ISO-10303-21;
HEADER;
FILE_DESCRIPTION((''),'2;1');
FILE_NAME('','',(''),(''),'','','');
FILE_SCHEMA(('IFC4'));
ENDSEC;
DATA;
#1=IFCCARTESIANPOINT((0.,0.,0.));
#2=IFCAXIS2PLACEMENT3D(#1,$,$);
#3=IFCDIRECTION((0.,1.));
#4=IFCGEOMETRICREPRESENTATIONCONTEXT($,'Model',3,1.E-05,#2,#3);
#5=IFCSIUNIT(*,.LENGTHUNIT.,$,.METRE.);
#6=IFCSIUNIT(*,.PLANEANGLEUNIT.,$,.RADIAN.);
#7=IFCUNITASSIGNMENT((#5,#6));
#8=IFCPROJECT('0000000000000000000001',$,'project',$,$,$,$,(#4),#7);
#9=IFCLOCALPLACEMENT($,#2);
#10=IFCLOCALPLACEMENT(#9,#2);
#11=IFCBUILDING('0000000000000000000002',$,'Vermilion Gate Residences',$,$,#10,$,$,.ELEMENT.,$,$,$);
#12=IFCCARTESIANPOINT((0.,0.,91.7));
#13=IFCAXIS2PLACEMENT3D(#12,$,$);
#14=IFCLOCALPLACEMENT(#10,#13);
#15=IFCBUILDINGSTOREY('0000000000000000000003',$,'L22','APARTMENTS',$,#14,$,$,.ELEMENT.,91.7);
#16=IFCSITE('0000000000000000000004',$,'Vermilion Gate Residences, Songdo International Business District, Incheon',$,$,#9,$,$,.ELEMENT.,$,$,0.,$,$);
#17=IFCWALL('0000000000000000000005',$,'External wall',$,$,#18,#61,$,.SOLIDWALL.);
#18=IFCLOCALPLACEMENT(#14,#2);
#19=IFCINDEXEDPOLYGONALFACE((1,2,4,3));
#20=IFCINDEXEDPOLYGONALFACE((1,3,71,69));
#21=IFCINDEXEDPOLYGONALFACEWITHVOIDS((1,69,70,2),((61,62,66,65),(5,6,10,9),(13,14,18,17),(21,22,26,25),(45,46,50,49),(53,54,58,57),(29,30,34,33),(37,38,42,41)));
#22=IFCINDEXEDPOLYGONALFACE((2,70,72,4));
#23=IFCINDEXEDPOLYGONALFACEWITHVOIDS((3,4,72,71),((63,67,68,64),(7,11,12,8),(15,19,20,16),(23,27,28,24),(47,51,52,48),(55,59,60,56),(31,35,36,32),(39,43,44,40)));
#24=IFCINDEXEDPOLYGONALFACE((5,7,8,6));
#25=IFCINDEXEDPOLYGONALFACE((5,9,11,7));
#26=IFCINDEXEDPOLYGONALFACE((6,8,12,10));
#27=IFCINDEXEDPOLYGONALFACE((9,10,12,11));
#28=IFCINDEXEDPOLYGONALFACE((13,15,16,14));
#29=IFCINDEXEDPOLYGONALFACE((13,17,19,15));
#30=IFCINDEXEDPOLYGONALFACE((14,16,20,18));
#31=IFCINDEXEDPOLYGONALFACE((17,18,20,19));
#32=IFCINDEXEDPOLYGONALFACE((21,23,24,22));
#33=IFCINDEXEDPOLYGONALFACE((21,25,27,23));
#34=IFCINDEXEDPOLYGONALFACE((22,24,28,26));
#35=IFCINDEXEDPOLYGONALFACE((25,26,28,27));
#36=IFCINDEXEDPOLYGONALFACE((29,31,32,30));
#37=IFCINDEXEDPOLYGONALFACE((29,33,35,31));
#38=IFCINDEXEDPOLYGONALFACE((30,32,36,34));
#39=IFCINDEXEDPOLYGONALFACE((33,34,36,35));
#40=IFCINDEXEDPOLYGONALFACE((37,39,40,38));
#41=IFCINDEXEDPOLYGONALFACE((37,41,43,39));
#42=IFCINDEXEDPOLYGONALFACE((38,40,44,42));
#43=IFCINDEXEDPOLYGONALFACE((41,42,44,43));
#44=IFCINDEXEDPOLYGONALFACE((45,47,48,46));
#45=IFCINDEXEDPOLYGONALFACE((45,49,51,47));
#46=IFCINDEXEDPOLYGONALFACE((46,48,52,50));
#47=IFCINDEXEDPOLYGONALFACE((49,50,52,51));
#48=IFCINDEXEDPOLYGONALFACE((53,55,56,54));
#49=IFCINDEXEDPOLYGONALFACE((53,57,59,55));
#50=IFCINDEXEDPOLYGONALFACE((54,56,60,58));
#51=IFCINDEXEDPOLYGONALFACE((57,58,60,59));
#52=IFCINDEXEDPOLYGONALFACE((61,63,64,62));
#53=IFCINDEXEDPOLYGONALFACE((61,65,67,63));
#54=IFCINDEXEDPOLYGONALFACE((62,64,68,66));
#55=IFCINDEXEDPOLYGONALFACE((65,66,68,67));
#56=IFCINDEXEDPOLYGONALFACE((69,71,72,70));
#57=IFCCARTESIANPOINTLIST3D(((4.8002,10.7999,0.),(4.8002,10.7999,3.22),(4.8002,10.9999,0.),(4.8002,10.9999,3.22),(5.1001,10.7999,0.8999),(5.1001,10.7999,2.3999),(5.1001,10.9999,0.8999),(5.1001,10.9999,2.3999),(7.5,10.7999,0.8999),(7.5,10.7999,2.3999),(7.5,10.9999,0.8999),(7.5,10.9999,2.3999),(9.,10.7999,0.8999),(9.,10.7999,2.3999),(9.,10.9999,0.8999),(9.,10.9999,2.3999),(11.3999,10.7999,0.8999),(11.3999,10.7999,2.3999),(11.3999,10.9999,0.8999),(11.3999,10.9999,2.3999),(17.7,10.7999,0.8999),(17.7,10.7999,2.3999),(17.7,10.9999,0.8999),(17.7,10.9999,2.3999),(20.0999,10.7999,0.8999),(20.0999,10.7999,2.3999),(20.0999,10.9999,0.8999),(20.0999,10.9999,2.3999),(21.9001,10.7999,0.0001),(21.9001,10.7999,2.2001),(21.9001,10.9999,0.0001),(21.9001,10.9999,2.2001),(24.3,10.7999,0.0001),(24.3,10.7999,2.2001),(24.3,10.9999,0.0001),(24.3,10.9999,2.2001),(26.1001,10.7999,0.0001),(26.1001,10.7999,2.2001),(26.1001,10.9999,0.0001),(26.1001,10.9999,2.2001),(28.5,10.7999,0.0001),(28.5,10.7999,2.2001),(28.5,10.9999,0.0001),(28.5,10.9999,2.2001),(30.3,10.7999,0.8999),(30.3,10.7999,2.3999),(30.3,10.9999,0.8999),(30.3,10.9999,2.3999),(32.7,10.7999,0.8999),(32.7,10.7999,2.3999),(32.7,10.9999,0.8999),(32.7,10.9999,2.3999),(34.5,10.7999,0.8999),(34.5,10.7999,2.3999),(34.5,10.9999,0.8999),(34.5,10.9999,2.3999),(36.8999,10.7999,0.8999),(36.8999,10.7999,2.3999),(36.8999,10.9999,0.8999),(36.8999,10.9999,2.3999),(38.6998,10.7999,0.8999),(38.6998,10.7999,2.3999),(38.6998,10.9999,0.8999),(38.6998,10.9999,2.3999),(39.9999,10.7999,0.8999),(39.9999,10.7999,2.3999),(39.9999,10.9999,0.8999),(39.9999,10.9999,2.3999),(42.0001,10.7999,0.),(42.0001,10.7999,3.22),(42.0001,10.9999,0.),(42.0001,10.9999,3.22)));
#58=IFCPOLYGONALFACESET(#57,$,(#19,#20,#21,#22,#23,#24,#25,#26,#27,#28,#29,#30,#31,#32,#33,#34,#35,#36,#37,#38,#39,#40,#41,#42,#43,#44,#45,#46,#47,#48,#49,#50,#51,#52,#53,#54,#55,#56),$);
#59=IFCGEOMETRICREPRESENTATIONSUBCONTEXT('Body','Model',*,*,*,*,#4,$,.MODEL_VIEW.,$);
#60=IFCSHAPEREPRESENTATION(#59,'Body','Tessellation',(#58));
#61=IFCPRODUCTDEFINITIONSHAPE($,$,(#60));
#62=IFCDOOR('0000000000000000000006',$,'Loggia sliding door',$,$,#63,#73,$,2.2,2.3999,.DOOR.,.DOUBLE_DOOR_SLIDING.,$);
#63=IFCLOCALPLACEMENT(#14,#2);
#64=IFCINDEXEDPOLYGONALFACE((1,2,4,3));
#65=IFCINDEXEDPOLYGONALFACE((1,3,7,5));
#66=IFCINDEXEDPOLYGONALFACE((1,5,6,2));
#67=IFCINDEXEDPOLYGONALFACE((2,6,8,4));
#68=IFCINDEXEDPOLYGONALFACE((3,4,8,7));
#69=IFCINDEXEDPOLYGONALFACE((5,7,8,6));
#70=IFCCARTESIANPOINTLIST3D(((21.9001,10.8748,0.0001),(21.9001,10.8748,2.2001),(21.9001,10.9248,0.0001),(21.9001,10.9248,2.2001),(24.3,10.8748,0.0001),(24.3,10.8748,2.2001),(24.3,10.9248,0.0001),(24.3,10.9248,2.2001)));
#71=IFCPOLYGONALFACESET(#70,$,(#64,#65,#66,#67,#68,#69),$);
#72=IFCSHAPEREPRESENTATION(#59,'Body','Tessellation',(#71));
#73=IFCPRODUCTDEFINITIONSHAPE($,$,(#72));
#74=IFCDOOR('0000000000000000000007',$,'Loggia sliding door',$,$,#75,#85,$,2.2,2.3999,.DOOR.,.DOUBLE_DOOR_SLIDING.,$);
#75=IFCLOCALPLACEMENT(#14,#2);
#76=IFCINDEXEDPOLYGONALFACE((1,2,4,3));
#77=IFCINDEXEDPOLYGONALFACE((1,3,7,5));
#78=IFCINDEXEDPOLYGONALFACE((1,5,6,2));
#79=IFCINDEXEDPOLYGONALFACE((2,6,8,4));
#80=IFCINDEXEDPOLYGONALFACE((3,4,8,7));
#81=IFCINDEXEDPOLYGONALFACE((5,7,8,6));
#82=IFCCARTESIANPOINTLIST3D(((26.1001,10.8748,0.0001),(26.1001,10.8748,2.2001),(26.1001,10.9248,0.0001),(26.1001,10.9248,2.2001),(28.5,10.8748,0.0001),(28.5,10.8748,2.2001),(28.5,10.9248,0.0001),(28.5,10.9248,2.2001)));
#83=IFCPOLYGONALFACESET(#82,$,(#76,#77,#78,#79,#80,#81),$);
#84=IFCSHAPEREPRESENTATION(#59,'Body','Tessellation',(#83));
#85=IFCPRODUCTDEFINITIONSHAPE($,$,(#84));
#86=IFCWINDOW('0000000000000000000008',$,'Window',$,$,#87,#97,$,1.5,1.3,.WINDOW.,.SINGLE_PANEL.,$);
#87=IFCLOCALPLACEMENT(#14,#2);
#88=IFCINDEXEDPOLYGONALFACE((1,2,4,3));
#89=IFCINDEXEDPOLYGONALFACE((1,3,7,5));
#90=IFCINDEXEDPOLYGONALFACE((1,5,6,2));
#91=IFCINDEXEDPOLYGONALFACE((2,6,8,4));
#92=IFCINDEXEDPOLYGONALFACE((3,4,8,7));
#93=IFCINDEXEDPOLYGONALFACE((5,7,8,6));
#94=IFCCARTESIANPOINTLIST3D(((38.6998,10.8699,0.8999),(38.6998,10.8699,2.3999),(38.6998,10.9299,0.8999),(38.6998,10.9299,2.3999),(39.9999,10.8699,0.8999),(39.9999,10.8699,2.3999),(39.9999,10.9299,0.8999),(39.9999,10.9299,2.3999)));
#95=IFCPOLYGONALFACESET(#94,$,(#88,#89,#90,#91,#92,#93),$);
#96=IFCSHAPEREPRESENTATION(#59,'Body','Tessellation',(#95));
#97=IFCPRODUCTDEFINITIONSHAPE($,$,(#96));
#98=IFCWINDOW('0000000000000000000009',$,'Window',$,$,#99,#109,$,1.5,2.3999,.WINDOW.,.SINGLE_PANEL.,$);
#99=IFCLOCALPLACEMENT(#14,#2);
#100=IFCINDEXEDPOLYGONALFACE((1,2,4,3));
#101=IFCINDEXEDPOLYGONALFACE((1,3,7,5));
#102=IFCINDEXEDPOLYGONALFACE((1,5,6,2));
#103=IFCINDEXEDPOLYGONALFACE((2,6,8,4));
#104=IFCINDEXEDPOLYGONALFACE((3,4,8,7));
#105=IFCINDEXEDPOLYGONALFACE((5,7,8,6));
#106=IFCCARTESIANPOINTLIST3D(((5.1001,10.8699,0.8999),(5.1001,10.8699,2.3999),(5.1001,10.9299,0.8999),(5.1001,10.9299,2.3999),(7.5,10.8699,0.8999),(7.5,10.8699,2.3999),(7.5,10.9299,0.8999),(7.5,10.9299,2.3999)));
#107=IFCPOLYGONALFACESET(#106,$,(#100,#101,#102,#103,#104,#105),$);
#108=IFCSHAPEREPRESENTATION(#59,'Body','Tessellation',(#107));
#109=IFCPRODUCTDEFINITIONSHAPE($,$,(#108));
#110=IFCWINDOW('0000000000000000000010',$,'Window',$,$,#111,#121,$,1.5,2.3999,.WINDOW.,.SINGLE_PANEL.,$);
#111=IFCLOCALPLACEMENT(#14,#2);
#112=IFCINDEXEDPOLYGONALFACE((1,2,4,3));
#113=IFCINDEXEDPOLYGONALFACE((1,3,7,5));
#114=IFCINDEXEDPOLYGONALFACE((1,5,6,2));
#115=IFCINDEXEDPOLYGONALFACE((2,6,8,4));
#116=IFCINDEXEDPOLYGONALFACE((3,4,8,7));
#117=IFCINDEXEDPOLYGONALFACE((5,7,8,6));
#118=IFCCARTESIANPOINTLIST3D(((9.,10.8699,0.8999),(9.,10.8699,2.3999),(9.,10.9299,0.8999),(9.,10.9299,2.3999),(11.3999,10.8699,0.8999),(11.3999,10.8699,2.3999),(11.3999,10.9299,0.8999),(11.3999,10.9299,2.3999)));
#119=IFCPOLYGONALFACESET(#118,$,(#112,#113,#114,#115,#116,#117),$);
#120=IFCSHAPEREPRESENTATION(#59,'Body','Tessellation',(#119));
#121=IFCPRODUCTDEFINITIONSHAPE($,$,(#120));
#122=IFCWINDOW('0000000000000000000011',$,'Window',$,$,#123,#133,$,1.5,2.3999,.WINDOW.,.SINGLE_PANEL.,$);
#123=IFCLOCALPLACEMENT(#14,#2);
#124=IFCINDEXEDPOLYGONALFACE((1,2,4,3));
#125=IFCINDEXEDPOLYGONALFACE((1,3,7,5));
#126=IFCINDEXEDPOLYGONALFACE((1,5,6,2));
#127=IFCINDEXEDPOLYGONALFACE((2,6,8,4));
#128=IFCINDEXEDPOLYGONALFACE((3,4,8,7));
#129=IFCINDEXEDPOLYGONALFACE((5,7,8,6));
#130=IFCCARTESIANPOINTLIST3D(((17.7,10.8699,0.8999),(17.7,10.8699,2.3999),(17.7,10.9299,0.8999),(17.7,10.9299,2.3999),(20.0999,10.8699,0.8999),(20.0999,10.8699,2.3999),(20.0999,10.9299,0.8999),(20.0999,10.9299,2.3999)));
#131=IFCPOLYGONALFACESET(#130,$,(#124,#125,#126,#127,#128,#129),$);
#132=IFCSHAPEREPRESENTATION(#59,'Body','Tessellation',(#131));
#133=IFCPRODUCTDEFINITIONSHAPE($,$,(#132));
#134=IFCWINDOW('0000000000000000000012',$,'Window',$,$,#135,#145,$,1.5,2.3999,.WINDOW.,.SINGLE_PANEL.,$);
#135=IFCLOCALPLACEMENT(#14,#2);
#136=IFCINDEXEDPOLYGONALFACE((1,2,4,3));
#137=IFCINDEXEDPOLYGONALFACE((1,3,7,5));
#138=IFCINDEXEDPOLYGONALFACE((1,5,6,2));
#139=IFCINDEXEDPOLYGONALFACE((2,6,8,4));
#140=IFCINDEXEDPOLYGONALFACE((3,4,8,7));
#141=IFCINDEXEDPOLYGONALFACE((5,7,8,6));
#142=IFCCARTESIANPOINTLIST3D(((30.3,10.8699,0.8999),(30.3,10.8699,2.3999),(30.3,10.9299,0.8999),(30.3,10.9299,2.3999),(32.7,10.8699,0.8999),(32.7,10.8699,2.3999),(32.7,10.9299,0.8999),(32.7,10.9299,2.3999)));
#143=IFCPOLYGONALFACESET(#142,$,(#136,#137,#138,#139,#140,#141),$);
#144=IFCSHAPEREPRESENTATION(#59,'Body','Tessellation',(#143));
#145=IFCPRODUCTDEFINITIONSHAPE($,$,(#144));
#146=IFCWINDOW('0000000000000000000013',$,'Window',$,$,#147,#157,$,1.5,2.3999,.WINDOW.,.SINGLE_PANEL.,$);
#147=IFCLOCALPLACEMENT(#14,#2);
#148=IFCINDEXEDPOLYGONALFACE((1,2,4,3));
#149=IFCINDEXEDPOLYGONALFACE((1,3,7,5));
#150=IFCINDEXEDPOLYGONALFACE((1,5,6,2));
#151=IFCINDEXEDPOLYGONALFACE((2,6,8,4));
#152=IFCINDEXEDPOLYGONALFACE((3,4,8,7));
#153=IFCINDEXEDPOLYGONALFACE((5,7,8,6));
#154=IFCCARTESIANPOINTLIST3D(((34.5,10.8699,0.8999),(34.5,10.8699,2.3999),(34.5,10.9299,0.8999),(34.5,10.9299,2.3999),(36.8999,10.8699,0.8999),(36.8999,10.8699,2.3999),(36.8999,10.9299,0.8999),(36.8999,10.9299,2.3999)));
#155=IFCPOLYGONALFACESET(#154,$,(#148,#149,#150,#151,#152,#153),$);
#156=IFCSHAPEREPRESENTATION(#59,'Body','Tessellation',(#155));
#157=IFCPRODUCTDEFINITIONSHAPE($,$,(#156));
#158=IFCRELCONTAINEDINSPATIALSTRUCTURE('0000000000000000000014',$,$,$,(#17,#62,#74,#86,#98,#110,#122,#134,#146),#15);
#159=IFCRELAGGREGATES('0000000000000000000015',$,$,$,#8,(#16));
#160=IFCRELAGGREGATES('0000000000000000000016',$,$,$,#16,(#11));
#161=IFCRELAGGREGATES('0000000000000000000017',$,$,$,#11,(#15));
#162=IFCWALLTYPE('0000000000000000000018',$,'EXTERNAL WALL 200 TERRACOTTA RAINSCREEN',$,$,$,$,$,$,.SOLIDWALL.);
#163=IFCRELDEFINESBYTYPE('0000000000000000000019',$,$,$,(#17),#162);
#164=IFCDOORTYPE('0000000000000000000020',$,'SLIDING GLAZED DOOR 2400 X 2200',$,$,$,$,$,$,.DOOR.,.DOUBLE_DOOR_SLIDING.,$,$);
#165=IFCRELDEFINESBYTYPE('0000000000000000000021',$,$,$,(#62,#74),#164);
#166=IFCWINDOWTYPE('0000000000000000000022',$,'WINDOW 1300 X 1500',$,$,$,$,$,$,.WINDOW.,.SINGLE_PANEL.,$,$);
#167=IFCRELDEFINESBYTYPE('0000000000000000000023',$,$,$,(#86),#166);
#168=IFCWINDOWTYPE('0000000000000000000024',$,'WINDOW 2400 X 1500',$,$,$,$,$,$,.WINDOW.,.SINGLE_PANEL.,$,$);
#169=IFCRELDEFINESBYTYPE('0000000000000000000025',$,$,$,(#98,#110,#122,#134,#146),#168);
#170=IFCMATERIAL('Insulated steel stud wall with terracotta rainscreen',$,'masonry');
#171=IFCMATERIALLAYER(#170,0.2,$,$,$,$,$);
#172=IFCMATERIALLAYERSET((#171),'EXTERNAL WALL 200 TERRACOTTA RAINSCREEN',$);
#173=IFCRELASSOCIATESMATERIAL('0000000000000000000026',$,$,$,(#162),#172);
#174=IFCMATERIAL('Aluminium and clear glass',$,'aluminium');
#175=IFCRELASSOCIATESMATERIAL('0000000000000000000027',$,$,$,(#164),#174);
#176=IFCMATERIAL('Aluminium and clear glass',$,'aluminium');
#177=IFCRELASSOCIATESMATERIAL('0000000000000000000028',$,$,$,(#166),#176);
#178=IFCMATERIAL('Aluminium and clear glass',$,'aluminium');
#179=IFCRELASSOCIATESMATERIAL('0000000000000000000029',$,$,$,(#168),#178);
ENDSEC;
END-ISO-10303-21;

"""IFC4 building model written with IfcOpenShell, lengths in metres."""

from ifc_helpers import new_model, si_unit, direction, frame, frame_2d, origin, place, context, subcontext, project, spatial, rectangle, extrude, material, layer, layer_set, type_object, element, fill, save


model = new_model("IFC4")

# Units and contexts
model_context = context("Model", 3, precision=1e-05, world=origin(), true_north=direction((0.0, 1.0)))
body_context = subcontext(model_context, "Body", "Model", "MODEL_VIEW")
ifc_project = project(units=[si_unit("LENGTHUNIT", "METRE"), si_unit("PLANEANGLEUNIT", "RADIAN")], contexts=[model_context])

# Site, building, storey
site_placement = place(None, origin())
site = spatial("IfcSite", under=ifc_project, at=site_placement, Name="Vermilion Gate Residences, Songdo International Business District, Incheon", CompositionType="ELEMENT", RefElevation=0.0)
building_placement = place(site_placement, origin())
building = spatial("IfcBuilding", under=site, at=building_placement, Name="Vermilion Gate Residences", CompositionType="ELEMENT")
storey_placement = place(building_placement, frame((0.0, 0.0, 91.7)))
storey = spatial("IfcBuildingStorey", under=building, at=storey_placement, Name="L22", Description="APARTMENTS", CompositionType="ELEMENT", Elevation=91.7)

# Shared definitions
ifc_material_1 = material(Name="Insulated steel stud wall with terracotta rainscreen", Category="masonry")
ifc_layer_1 = layer(ifc_material_1, 0.2)
ifc_layer_set_1 = layer_set([ifc_layer_1], Name="EXTERNAL WALL 200 TERRACOTTA RAINSCREEN")
wall_type_1 = type_object("IfcWallType", Name="EXTERNAL WALL 200 TERRACOTTA RAINSCREEN", PredefinedType="SOLIDWALL", material=ifc_layer_set_1)

# Wall, openings, doors, windows
wall_1_placement = place(storey_placement, frame((4.8, 10.8999, 0.0), z_axis=(0.0, 0.0, 1.0), x_axis=(1.0, 0.0, 0.0)))
wall_1 = element("IfcWall", 1, at=wall_1_placement, inside=storey, type_object=wall_type_1, Name="External wall", PredefinedType="SOLIDWALL", context=body_context, shape_type="SweptSolid", body=[
    extrude(rectangle(XDim=37.2, YDim=0.2, at=frame_2d((18.6001, 0.0))), origin(), (0.0, 0.0, 1.0), 3.22),
])
opening_1_placement = place(wall_1_placement, frame((0.3, 0.0, 0.8999)))
opening_1 = element("IfcOpeningElement", 2, at=opening_1_placement, cuts=wall_1, PredefinedType="OPENING", context=body_context, shape_type="SweptSolid", body=[
    extrude(rectangle(XDim=2.3999, YDim=1.5, at=frame_2d((1.2, 0.75))), frame((0.0, 0.1099, 0.0), z_axis=(0.0, -1.0, 0.0), x_axis=(1.0, 0.0, 0.0)), (0.0, 0.0, 1.0), 0.22),
])
opening_2_placement = place(wall_1_placement, frame((4.2, 0.0, 0.8999)))
opening_2 = element("IfcOpeningElement", 3, at=opening_2_placement, cuts=wall_1, PredefinedType="OPENING", context=body_context, shape_type="SweptSolid", body=[
    extrude(rectangle(XDim=2.3999, YDim=1.5, at=frame_2d((1.2, 0.75))), frame((0.0, 0.1099, 0.0), z_axis=(0.0, -1.0, 0.0), x_axis=(1.0, 0.0, 0.0)), (0.0, 0.0, 1.0), 0.22),
])
opening_3_placement = place(wall_1_placement, frame((12.8999, 0.0, 0.8999)))
opening_3 = element("IfcOpeningElement", 4, at=opening_3_placement, cuts=wall_1, PredefinedType="OPENING", context=body_context, shape_type="SweptSolid", body=[
    extrude(rectangle(XDim=2.3999, YDim=1.5, at=frame_2d((1.2, 0.75))), frame((0.0, 0.1099, 0.0), z_axis=(0.0, -1.0, 0.0), x_axis=(1.0, 0.0, 0.0)), (0.0, 0.0, 1.0), 0.22),
])
opening_4_placement = place(wall_1_placement, frame((17.1001, 0.0, 0.0)))
opening_4 = element("IfcOpeningElement", 5, at=opening_4_placement, cuts=wall_1, PredefinedType="OPENING", context=body_context, shape_type="SweptSolid", body=[
    extrude(rectangle(XDim=2.3999, YDim=2.2, at=frame_2d((1.2, 1.1001))), frame((0.0, 0.1099, 0.0), z_axis=(0.0, -1.0, 0.0), x_axis=(1.0, 0.0, 0.0)), (0.0, 0.0, 1.0), 0.22),
])
opening_5_placement = place(wall_1_placement, frame((21.3, 0.0, 0.0)))
opening_5 = element("IfcOpeningElement", 6, at=opening_5_placement, cuts=wall_1, PredefinedType="OPENING", context=body_context, shape_type="SweptSolid", body=[
    extrude(rectangle(XDim=2.3999, YDim=2.2, at=frame_2d((1.2, 1.1001))), frame((0.0, 0.1099, 0.0), z_axis=(0.0, -1.0, 0.0), x_axis=(1.0, 0.0, 0.0)), (0.0, 0.0, 1.0), 0.22),
])
opening_6_placement = place(wall_1_placement, frame((25.5, 0.0, 0.8999)))
opening_6 = element("IfcOpeningElement", 7, at=opening_6_placement, cuts=wall_1, PredefinedType="OPENING", context=body_context, shape_type="SweptSolid", body=[
    extrude(rectangle(XDim=2.3999, YDim=1.5, at=frame_2d((1.2, 0.75))), frame((0.0, 0.1099, 0.0), z_axis=(0.0, -1.0, 0.0), x_axis=(1.0, 0.0, 0.0)), (0.0, 0.0, 1.0), 0.22),
])
opening_7_placement = place(wall_1_placement, frame((29.7, 0.0, 0.8999)))
opening_7 = element("IfcOpeningElement", 8, at=opening_7_placement, cuts=wall_1, PredefinedType="OPENING", context=body_context, shape_type="SweptSolid", body=[
    extrude(rectangle(XDim=2.3999, YDim=1.5, at=frame_2d((1.2, 0.75))), frame((0.0, 0.1099, 0.0), z_axis=(0.0, -1.0, 0.0), x_axis=(1.0, 0.0, 0.0)), (0.0, 0.0, 1.0), 0.22),
])
opening_8_placement = place(wall_1_placement, frame((33.8999, 0.0, 0.8999)))
opening_8 = element("IfcOpeningElement", 9, at=opening_8_placement, cuts=wall_1, PredefinedType="OPENING", context=body_context, shape_type="SweptSolid", body=[
    extrude(rectangle(XDim=1.3, YDim=1.5, at=frame_2d((0.6499, 0.75))), frame((0.0, 0.1099, 0.0), z_axis=(0.0, -1.0, 0.0), x_axis=(1.0, 0.0, 0.0)), (0.0, 0.0, 1.0), 0.22),
])
ifc_material_2 = material(Name="Aluminium and clear glass", Category="aluminium")
door_type_1 = type_object("IfcDoorType", Name="SLIDING GLAZED DOOR 2400 X 2200", OperationType="DOUBLE_DOOR_SLIDING", PredefinedType="DOOR", material=ifc_material_2)
door_1_placement = place(opening_4_placement, origin())
door_1 = element("IfcDoor", 10, at=door_1_placement, inside=storey, type_object=door_type_1, Name="Loggia sliding door", OperationType="DOUBLE_DOOR_SLIDING", OverallHeight=2.2, OverallWidth=2.3999, PredefinedType="DOOR", context=body_context, shape_type="SweptSolid", body=[
    extrude(rectangle(XDim=2.3999, YDim=2.2, at=frame_2d((1.2, 1.1001))), frame((0.0, 0.0249, 0.0), z_axis=(0.0, -1.0, 0.0), x_axis=(1.0, 0.0, 0.0)), (0.0, 0.0, 1.0), 0.05),
])
fill(opening_4, door_1)
door_2_placement = place(opening_5_placement, origin())
door_2 = element("IfcDoor", 11, at=door_2_placement, inside=storey, type_object=door_type_1, Name="Loggia sliding door", OperationType="DOUBLE_DOOR_SLIDING", OverallHeight=2.2, OverallWidth=2.3999, PredefinedType="DOOR", context=body_context, shape_type="SweptSolid", body=[
    extrude(rectangle(XDim=2.3999, YDim=2.2, at=frame_2d((1.2, 1.1001))), frame((0.0, 0.0249, 0.0), z_axis=(0.0, -1.0, 0.0), x_axis=(1.0, 0.0, 0.0)), (0.0, 0.0, 1.0), 0.05),
])
fill(opening_5, door_2)
ifc_material_3 = material(Name="Aluminium and clear glass", Category="aluminium")
window_type_1 = type_object("IfcWindowType", Name="WINDOW 1300 X 1500", PartitioningType="SINGLE_PANEL", PredefinedType="WINDOW", material=ifc_material_3)
window_1_placement = place(opening_8_placement, origin())
window_1 = element("IfcWindow", 12, at=window_1_placement, inside=storey, type_object=window_type_1, Name="Window", OverallHeight=1.5, OverallWidth=1.3, PartitioningType="SINGLE_PANEL", PredefinedType="WINDOW", context=body_context, shape_type="SweptSolid", body=[
    extrude(rectangle(XDim=1.3, YDim=1.5, at=frame_2d((0.6499, 0.75))), frame((0.0, 0.03, 0.0), z_axis=(0.0, -1.0, 0.0), x_axis=(1.0, 0.0, 0.0)), (0.0, 0.0, 1.0), 0.0601),
])
fill(opening_8, window_1)
ifc_material_4 = material(Name="Aluminium and clear glass", Category="aluminium")
window_type_2 = type_object("IfcWindowType", Name="WINDOW 2400 X 1500", PartitioningType="SINGLE_PANEL", PredefinedType="WINDOW", material=ifc_material_4)
window_2_placement = place(opening_1_placement, origin())
window_2 = element("IfcWindow", 13, at=window_2_placement, inside=storey, type_object=window_type_2, Name="Window", OverallHeight=1.5, OverallWidth=2.3999, PartitioningType="SINGLE_PANEL", PredefinedType="WINDOW", context=body_context, shape_type="SweptSolid", body=[
    extrude(rectangle(XDim=2.3999, YDim=1.5, at=frame_2d((1.2, 0.75))), frame((0.0, 0.03, 0.0), z_axis=(0.0, -1.0, 0.0), x_axis=(1.0, 0.0, 0.0)), (0.0, 0.0, 1.0), 0.0601),
])
fill(opening_1, window_2)
window_3_placement = place(opening_2_placement, origin())
window_3 = element("IfcWindow", 14, at=window_3_placement, inside=storey, type_object=window_type_2, Name="Window", OverallHeight=1.5, OverallWidth=2.3999, PartitioningType="SINGLE_PANEL", PredefinedType="WINDOW", context=body_context, shape_type="SweptSolid", body=[
    extrude(rectangle(XDim=2.3999, YDim=1.5, at=frame_2d((1.2, 0.75))), frame((0.0, 0.03, 0.0), z_axis=(0.0, -1.0, 0.0), x_axis=(1.0, 0.0, 0.0)), (0.0, 0.0, 1.0), 0.0601),
])
fill(opening_2, window_3)
window_4_placement = place(opening_3_placement, origin())
window_4 = element("IfcWindow", 15, at=window_4_placement, inside=storey, type_object=window_type_2, Name="Window", OverallHeight=1.5, OverallWidth=2.3999, PartitioningType="SINGLE_PANEL", PredefinedType="WINDOW", context=body_context, shape_type="SweptSolid", body=[
    extrude(rectangle(XDim=2.3999, YDim=1.5, at=frame_2d((1.2, 0.75))), frame((0.0, 0.03, 0.0), z_axis=(0.0, -1.0, 0.0), x_axis=(1.0, 0.0, 0.0)), (0.0, 0.0, 1.0), 0.0601),
])
fill(opening_3, window_4)
window_5_placement = place(opening_6_placement, origin())
window_5 = element("IfcWindow", 16, at=window_5_placement, inside=storey, type_object=window_type_2, Name="Window", OverallHeight=1.5, OverallWidth=2.3999, PartitioningType="SINGLE_PANEL", PredefinedType="WINDOW", context=body_context, shape_type="SweptSolid", body=[
    extrude(rectangle(XDim=2.3999, YDim=1.5, at=frame_2d((1.2, 0.75))), frame((0.0, 0.03, 0.0), z_axis=(0.0, -1.0, 0.0), x_axis=(1.0, 0.0, 0.0)), (0.0, 0.0, 1.0), 0.0601),
])
fill(opening_6, window_5)
window_6_placement = place(opening_7_placement, origin())
window_6 = element("IfcWindow", 17, at=window_6_placement, inside=storey, type_object=window_type_2, Name="Window", OverallHeight=1.5, OverallWidth=2.3999, PartitioningType="SINGLE_PANEL", PredefinedType="WINDOW", context=body_context, shape_type="SweptSolid", body=[
    extrude(rectangle(XDim=2.3999, YDim=1.5, at=frame_2d((1.2, 0.75))), frame((0.0, 0.03, 0.0), z_axis=(0.0, -1.0, 0.0), x_axis=(1.0, 0.0, 0.0)), (0.0, 0.0, 1.0), 0.0601),
])
fill(opening_7, window_6)

save(model, "model.ifc")
